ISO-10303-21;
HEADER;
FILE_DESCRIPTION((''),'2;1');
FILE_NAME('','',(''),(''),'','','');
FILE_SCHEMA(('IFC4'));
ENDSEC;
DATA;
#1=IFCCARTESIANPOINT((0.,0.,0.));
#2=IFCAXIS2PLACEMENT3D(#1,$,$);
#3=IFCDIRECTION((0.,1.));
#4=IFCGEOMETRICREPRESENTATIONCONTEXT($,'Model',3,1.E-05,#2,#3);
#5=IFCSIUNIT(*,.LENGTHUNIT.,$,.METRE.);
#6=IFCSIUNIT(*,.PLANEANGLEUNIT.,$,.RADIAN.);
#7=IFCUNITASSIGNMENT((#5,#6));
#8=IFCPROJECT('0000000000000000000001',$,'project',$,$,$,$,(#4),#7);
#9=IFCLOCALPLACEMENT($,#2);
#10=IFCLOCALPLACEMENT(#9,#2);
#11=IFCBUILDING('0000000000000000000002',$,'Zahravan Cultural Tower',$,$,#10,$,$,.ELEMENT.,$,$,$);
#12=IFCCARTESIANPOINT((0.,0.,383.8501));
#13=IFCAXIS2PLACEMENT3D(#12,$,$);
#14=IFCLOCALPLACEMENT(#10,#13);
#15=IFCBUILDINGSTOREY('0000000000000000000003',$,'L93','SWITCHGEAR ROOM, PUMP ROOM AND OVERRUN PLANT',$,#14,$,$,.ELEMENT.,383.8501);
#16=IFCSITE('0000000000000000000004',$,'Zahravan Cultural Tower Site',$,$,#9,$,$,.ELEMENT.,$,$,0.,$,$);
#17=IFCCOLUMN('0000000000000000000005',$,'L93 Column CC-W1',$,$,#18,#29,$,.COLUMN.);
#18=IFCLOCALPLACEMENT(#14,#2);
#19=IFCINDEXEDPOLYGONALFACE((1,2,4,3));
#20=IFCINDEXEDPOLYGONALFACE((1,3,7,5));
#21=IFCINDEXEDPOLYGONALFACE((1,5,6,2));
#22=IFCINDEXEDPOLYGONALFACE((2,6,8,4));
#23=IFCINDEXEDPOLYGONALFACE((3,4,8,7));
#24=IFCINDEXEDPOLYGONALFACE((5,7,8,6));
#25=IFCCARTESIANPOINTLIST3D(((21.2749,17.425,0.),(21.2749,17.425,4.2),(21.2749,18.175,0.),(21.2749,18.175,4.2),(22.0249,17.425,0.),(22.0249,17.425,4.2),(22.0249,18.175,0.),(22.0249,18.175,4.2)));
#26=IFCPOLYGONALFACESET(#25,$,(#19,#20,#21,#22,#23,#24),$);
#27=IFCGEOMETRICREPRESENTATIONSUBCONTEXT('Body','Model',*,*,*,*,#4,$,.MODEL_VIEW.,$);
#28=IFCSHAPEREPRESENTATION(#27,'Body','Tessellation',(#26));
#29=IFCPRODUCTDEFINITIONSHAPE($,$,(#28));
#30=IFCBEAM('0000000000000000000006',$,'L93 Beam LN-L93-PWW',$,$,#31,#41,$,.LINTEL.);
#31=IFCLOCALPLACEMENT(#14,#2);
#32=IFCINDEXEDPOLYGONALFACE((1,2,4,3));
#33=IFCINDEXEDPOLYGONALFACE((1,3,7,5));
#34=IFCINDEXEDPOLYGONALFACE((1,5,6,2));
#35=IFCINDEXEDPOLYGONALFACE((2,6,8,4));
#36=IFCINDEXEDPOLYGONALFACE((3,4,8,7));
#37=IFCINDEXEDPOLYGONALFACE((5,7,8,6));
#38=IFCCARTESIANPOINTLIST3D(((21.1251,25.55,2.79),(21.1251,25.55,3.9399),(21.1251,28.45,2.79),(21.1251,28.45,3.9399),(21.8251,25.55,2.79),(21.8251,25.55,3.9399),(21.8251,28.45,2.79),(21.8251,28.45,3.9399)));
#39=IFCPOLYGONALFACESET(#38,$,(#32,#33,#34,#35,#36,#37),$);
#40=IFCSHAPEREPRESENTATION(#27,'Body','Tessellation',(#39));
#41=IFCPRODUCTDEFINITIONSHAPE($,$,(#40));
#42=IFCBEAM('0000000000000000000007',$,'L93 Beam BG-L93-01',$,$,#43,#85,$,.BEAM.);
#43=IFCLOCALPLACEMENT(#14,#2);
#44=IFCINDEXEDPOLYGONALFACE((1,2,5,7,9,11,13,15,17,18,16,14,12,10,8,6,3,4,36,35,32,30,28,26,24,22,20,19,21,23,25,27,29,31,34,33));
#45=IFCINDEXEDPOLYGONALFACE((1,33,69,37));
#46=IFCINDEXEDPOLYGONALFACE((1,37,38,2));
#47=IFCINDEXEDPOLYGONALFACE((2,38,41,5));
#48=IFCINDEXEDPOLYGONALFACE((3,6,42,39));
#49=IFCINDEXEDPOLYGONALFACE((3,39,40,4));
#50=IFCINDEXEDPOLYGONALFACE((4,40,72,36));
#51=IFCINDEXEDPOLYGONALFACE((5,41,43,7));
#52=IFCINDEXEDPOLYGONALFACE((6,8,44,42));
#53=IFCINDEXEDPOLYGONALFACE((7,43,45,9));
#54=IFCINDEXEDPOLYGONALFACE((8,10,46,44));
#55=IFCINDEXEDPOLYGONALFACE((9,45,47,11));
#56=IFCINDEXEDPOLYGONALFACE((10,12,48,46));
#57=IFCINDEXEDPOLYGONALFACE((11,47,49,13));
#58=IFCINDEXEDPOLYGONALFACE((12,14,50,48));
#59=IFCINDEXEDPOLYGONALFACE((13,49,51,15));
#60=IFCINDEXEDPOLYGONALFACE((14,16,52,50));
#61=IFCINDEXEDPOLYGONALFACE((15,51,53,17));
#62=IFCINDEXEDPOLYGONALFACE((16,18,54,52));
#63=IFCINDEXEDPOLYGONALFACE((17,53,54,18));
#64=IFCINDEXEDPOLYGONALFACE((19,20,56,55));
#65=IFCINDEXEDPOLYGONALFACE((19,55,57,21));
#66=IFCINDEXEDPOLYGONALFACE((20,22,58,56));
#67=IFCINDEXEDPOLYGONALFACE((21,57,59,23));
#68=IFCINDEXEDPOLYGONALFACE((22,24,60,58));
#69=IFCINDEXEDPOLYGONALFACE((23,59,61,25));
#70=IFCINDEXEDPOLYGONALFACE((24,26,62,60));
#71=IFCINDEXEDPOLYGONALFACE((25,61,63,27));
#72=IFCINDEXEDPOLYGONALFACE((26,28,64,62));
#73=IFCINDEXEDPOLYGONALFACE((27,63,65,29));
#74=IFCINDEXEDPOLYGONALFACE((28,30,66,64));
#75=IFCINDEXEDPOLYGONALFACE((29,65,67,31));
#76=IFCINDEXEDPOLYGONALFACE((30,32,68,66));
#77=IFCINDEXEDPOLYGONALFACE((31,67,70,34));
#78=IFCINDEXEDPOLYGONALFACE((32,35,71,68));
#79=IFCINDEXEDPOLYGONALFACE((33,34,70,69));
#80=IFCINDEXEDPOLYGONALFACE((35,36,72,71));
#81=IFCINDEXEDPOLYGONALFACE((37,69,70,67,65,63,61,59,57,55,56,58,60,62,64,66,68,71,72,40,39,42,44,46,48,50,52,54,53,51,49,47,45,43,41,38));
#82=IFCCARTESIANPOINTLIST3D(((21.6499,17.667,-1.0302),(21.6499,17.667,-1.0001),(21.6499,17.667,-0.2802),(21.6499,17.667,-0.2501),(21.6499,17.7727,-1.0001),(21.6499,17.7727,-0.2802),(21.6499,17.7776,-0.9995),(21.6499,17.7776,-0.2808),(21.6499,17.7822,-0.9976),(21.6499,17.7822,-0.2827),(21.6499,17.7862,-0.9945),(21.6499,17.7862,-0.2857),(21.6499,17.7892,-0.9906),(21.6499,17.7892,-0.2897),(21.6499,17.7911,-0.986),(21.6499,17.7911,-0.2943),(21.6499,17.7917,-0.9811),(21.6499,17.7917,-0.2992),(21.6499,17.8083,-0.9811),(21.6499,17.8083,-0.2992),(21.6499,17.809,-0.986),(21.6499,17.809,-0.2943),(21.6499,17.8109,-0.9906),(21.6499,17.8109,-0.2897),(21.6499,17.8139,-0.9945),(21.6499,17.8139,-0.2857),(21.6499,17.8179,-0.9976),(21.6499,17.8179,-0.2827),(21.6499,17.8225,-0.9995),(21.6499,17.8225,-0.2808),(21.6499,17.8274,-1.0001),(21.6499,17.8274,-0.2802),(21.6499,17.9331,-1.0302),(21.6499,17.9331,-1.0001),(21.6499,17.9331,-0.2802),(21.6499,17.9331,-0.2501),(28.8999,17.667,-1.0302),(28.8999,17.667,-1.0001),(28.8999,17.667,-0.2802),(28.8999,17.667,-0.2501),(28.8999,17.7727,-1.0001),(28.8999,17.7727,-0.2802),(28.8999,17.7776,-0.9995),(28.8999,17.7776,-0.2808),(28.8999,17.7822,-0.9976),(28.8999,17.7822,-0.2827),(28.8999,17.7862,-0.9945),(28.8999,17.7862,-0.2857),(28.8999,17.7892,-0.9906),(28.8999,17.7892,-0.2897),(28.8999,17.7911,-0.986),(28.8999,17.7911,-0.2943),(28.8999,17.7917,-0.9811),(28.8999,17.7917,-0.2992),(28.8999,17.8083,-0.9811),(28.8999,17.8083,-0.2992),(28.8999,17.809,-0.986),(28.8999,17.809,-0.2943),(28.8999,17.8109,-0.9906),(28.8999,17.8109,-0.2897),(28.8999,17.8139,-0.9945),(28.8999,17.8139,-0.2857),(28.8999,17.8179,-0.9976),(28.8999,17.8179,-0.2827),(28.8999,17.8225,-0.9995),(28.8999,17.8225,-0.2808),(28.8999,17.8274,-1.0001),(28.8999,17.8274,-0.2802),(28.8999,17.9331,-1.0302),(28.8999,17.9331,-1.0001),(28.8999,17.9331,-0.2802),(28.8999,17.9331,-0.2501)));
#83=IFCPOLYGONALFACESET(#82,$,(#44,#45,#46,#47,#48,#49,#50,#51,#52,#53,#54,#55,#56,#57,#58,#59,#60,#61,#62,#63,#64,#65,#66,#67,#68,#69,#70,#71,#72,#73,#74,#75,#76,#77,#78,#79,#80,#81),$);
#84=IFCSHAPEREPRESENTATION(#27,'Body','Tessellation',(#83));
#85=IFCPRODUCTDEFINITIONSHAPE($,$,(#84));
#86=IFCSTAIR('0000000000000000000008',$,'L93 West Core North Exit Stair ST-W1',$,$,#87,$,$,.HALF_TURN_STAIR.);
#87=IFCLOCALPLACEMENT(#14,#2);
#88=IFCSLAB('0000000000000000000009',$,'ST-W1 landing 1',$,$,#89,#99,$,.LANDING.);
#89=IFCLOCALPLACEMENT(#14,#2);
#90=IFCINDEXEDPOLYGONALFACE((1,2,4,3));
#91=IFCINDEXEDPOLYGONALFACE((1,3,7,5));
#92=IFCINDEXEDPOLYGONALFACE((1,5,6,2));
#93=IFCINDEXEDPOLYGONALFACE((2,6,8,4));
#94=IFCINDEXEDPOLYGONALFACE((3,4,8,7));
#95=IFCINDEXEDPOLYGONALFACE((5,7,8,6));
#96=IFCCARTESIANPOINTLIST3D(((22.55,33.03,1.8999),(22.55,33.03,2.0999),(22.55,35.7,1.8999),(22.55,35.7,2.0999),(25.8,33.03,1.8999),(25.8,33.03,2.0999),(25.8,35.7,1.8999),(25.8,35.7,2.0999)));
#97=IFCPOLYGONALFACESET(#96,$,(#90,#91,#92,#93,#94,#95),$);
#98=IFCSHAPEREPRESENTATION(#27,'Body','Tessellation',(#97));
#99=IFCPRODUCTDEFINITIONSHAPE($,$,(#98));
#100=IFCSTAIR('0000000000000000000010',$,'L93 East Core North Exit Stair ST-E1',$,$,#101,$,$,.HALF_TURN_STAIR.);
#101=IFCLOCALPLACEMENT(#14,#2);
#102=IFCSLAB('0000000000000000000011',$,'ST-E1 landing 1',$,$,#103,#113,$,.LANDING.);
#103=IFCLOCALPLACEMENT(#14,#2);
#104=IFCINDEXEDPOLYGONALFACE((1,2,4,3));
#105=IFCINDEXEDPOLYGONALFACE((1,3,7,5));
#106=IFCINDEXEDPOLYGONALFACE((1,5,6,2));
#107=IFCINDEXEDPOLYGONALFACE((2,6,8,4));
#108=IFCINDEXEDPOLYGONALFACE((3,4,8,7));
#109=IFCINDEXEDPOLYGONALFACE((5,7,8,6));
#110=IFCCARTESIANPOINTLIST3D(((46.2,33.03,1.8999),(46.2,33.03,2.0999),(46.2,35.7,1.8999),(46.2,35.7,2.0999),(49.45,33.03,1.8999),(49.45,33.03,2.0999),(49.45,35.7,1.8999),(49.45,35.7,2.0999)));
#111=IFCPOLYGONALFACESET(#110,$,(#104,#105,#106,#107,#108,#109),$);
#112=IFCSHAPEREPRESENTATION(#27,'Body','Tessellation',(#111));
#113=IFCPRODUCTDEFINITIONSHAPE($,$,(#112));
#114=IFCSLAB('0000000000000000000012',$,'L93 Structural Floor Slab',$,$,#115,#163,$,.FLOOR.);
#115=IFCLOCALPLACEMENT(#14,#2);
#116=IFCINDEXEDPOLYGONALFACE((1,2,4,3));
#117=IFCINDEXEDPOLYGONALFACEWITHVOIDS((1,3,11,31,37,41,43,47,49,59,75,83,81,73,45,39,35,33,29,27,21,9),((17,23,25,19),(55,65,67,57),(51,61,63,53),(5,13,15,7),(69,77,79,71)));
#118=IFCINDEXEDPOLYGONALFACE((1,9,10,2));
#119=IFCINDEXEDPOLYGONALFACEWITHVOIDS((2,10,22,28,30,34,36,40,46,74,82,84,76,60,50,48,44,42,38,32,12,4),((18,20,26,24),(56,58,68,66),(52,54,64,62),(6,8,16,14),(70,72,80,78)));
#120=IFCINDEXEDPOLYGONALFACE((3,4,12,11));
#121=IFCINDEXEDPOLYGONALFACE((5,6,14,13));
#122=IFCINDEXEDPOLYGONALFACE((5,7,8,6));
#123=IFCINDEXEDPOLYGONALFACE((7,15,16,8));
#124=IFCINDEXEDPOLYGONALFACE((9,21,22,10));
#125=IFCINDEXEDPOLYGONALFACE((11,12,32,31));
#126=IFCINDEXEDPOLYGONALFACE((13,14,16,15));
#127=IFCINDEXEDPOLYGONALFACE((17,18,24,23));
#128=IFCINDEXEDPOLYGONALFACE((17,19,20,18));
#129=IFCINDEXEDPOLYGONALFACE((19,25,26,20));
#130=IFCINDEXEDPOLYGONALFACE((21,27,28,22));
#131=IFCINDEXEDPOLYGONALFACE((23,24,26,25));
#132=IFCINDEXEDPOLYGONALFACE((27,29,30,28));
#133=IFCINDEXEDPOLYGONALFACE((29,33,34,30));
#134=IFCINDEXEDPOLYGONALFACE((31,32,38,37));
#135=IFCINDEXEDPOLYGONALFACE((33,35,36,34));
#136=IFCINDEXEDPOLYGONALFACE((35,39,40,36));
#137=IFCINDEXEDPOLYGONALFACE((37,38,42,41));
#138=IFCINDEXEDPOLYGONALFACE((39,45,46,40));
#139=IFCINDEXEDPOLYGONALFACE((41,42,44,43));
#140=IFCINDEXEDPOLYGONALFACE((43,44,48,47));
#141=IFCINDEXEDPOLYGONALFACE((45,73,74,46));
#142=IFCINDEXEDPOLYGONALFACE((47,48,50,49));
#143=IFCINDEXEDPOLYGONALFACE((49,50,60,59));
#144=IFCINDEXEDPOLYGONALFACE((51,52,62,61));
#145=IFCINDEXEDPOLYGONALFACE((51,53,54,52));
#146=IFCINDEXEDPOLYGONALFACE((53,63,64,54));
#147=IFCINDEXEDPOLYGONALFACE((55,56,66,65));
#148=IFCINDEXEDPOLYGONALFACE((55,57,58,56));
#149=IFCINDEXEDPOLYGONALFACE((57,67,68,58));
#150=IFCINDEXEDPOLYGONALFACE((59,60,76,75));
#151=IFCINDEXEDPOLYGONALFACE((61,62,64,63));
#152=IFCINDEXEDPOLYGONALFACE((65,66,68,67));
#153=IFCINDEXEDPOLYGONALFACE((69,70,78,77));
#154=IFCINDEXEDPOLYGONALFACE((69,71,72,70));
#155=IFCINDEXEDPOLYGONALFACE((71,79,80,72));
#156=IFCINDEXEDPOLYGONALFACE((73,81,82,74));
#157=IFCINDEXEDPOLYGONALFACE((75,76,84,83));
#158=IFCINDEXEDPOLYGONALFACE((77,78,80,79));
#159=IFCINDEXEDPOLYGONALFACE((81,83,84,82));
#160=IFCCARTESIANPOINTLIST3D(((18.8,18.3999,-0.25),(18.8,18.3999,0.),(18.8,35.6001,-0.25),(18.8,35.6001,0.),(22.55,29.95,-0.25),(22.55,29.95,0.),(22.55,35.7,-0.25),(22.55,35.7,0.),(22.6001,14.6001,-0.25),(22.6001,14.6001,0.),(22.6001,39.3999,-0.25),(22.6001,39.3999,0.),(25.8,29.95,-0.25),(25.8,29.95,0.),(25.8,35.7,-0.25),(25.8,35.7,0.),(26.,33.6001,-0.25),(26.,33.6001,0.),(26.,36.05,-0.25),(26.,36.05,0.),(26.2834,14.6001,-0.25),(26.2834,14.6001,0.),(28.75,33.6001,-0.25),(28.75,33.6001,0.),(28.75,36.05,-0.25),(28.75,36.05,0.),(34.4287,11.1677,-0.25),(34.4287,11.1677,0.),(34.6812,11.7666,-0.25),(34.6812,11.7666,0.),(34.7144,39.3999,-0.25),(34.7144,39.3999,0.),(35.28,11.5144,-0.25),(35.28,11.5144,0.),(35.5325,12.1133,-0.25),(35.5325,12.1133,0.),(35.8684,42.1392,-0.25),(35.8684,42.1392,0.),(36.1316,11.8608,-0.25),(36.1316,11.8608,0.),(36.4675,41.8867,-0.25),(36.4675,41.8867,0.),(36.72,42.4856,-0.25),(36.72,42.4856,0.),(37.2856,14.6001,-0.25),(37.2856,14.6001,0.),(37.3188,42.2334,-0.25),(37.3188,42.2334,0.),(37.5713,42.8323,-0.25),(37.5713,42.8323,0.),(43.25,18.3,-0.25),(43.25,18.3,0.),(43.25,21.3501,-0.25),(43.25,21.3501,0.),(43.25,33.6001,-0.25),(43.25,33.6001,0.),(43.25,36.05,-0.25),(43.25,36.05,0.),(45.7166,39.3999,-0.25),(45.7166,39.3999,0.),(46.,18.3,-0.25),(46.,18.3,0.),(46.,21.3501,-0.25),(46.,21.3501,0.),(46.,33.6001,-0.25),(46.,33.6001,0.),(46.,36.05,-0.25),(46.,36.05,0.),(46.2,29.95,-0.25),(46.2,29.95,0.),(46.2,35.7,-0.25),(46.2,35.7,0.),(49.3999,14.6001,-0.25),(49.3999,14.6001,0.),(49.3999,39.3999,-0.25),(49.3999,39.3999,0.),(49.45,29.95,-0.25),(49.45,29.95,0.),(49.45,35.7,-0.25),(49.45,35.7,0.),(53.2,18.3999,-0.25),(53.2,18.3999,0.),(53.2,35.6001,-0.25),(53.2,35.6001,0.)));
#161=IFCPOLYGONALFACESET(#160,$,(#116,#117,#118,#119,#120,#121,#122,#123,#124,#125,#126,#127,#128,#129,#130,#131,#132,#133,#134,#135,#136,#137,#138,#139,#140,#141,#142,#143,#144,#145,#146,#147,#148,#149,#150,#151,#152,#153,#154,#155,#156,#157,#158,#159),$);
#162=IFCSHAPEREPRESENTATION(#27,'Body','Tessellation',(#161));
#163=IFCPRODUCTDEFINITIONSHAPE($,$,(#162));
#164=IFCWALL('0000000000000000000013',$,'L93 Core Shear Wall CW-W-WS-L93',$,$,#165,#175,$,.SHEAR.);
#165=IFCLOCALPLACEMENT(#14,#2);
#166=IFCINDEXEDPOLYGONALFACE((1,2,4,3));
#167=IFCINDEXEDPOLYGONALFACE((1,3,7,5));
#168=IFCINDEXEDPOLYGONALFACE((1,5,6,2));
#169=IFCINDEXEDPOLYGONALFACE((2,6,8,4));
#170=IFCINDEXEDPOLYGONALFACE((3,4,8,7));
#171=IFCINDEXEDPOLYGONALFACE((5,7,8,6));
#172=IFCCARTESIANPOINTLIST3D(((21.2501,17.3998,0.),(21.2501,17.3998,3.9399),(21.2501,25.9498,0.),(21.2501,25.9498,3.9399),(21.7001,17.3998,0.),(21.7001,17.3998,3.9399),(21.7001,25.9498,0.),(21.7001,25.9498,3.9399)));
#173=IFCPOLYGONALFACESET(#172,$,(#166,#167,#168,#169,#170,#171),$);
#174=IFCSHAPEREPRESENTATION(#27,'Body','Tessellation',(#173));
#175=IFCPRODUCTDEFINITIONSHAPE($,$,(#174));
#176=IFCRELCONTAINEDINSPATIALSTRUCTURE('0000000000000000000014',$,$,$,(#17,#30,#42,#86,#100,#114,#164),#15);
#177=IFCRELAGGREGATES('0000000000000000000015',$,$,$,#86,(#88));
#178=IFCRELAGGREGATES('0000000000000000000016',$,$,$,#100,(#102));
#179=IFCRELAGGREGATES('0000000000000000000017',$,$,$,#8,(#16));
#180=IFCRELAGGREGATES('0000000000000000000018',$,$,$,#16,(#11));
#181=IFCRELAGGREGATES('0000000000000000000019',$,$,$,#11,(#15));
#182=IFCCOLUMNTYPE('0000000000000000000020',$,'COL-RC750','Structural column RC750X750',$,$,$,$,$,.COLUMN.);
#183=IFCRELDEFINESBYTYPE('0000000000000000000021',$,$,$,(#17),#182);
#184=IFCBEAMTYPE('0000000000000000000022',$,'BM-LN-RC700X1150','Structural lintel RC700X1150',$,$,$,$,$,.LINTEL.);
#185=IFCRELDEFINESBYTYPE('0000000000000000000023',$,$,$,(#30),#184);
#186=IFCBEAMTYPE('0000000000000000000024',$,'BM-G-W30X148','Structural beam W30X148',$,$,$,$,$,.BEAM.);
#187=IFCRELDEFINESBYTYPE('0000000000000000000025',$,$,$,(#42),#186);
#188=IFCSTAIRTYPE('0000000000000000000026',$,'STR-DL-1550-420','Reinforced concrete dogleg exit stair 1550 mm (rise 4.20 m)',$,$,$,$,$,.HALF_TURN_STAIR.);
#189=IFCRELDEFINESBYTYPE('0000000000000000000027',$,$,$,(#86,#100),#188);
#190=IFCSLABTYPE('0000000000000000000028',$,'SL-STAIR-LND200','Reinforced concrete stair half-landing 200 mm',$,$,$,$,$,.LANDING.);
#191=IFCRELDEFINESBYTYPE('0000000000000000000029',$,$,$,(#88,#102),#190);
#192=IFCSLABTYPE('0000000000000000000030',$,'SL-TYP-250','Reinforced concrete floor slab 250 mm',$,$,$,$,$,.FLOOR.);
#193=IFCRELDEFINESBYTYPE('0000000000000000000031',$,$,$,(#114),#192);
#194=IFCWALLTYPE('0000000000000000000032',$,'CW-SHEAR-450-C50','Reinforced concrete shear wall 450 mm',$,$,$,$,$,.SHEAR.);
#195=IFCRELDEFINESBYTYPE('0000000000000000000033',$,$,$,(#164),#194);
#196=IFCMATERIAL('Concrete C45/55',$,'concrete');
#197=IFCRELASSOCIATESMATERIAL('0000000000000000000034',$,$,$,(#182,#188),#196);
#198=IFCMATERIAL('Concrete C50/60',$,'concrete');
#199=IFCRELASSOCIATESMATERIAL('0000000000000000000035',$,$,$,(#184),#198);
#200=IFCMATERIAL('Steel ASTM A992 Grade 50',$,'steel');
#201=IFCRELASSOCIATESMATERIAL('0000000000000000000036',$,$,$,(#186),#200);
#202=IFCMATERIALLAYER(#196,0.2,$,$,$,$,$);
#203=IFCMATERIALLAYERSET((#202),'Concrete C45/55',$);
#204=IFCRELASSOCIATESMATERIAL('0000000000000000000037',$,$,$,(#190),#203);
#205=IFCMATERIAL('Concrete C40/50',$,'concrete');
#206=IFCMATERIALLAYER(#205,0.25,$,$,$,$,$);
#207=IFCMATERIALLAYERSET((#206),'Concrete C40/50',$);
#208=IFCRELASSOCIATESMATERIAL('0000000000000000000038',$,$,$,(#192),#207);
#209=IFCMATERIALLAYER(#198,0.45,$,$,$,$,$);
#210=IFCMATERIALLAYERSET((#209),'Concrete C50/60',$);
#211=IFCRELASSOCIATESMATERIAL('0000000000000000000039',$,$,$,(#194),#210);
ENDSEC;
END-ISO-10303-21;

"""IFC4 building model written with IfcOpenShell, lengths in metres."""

from ifc_helpers import new_model, si_unit, direction, frame, frame_2d, origin, origin_2d, place, context, subcontext, project, spatial, polyline, rectangle, i_section, outline, extrude, source, transform, mapped, material, layer, layer_set, material_profile, profile_set, type_object, element, aggregate, save


model = new_model("IFC4")

# Units and contexts
model_context = context("Model", 3, precision=1e-05, world=origin(), true_north=direction((0.0, 1.0)))
body_context = subcontext(model_context, "Body", "Model", "MODEL_VIEW")
ifc_project = project(units=[si_unit("LENGTHUNIT", "METRE"), si_unit("PLANEANGLEUNIT", "RADIAN")], contexts=[model_context])

# Site, building, storey
site_placement = place(None, origin())
site = spatial("IfcSite", under=ifc_project, at=site_placement, Name="Zahravan Cultural Tower Site", CompositionType="ELEMENT", RefElevation=0.0)
building_placement = place(site_placement, origin())
building = spatial("IfcBuilding", under=site, at=building_placement, Name="Zahravan Cultural Tower", CompositionType="ELEMENT")
storey_placement = place(building_placement, frame((0.0, 0.0, 383.8501)))
storey = spatial("IfcBuildingStorey", under=building, at=storey_placement, Name="L93", Description="SWITCHGEAR ROOM, PUMP ROOM AND OVERRUN PLANT", CompositionType="ELEMENT", Elevation=383.8501)

# Column
ifc_material_1 = material(Name="Concrete C45/55", Category="concrete")
ifc_material_profile_1 = material_profile(ifc_material_1, rectangle(XDim=0.75, YDim=0.75, at=origin_2d()), Name="RC750X750")
ifc_profile_set_1 = profile_set([ifc_material_profile_1], Name="Concrete C45/55")
column_type = type_object("IfcColumnType", Name="COL-RC750", Description="Structural column RC750X750", PredefinedType="COLUMN", material=ifc_profile_set_1)
shared_shape_1 = source(origin(), body_context, "Body", "SweptSolid", [
    extrude(rectangle(XDim=0.75, YDim=0.75, at=origin_2d()), origin(), (0.0, 0.0, 1.0), 4.2),
])
column_placement = place(storey_placement, frame((21.6499, 17.8, 0.0), z_axis=(0.0, 0.0, 1.0), x_axis=(1.0, 0.0, 0.0)))
element("IfcColumn", 1, at=column_placement, inside=storey, type_object=column_type, Name="L93 Column CC-W1", PredefinedType="COLUMN", context=body_context, shape_type="MappedRepresentation", body=[
    mapped(shared_shape_1, transform((0.0, 0.0, 0.0), x_axis=(1.0, 0.0, 0.0), y_axis=(0.0, 1.0, 0.0), z_axis=(0.0, 0.0, 1.0), scale=1.0)),
])

# Beams
ifc_material_2 = material(Name="Concrete C50/60", Category="concrete")
ifc_material_profile_2 = material_profile(ifc_material_2, rectangle(XDim=0.7, YDim=1.1499, at=origin_2d()), Name="RC700X1150")
ifc_profile_set_2 = profile_set([ifc_material_profile_2], Name="Concrete C50/60")
beam_type_1 = type_object("IfcBeamType", Name="BM-LN-RC700X1150", Description="Structural lintel RC700X1150", PredefinedType="LINTEL", material=ifc_profile_set_2)
shared_shape_2 = source(origin(), body_context, "Body", "SweptSolid", [
    extrude(rectangle(XDim=0.7, YDim=1.1499, at=origin_2d()), origin(), (0.0, 0.0, 1.0), 2.8999),
])
beam_1_placement = place(storey_placement, frame((21.4751, 25.55, 3.365), z_axis=(0.0, 1.0, 0.0), x_axis=(-1.0, 0.0, 0.0)))
element("IfcBeam", 2, at=beam_1_placement, inside=storey, type_object=beam_type_1, Name="L93 Beam LN-L93-PWW", PredefinedType="LINTEL", context=body_context, shape_type="MappedRepresentation", body=[
    mapped(shared_shape_2, transform((0.0, 0.0, 0.0), x_axis=(1.0, 0.0, 0.0), y_axis=(0.0, 1.0, 0.0), z_axis=(0.0, 0.0, 1.0), scale=1.0)),
])
ifc_material_3 = material(Name="Steel ASTM A992 Grade 50", Category="steel")
ifc_material_profile_3 = material_profile(ifc_material_3, i_section(OverallWidth=0.2661, OverallDepth=0.78, WebThickness=0.0166, FlangeThickness=0.03, FilletRadius=0.019, at=origin_2d()), Name="W30X148")
ifc_profile_set_3 = profile_set([ifc_material_profile_3], Name="Steel ASTM A992 Grade 50")
beam_type_2 = type_object("IfcBeamType", Name="BM-G-W30X148", Description="Structural beam W30X148", PredefinedType="BEAM", material=ifc_profile_set_3)
shared_shape_3 = source(origin(), body_context, "Body", "SweptSolid", [
    extrude(i_section(OverallWidth=0.2661, OverallDepth=0.78, WebThickness=0.0166, FlangeThickness=0.03, FilletRadius=0.019, at=origin_2d()), origin(), (0.0, 0.0, 1.0), 7.25),
])
beam_2_placement = place(storey_placement, frame((21.6499, 17.8, -0.6401), z_axis=(1.0, 0.0, 0.0), x_axis=(0.0, 1.0, 0.0)))
element("IfcBeam", 3, at=beam_2_placement, inside=storey, type_object=beam_type_2, Name="L93 Beam BG-L93-01", PredefinedType="BEAM", context=body_context, shape_type="MappedRepresentation", body=[
    mapped(shared_shape_3, transform((0.0, 0.0, 0.0), x_axis=(1.0, 0.0, 0.0), y_axis=(0.0, 1.0, 0.0), z_axis=(0.0, 0.0, 1.0), scale=1.0)),
])

# Stairs, slabs
stair_type = type_object("IfcStairType", Name="STR-DL-1550-420", Description="Reinforced concrete dogleg exit stair 1550 mm (rise 4.20 m)", PredefinedType="HALF_TURN_STAIR", material=ifc_material_1)
stair_1_placement = place(storey_placement, origin())
stair_1 = element("IfcStair", 4, at=stair_1_placement, inside=storey, type_object=stair_type, Name="L93 West Core North Exit Stair ST-W1", PredefinedType="HALF_TURN_STAIR")
ifc_layer_1 = layer(ifc_material_1, 0.2)
ifc_layer_set_1 = layer_set([ifc_layer_1], Name="Concrete C45/55")
slab_type_1 = type_object("IfcSlabType", Name="SL-STAIR-LND200", Description="Reinforced concrete stair half-landing 200 mm", PredefinedType="LANDING", material=ifc_layer_set_1)
slab_1_placement = place(storey_placement, frame((0.0, 0.0, 1.8999)))
slab_1 = element("IfcSlab", 5, at=slab_1_placement, type_object=slab_type_1, Name="ST-W1 landing 1", PredefinedType="LANDING", context=body_context, shape_type="SweptSolid", body=[
    extrude(outline(polyline([(25.8, 33.03), (25.8, 35.7), (22.55, 35.7), (22.55, 33.03), (25.8, 33.03)])), origin(), (0.0, 0.0, 1.0), 0.2),
])
aggregate(stair_1, [slab_1])
stair_2_placement = place(storey_placement, origin())
stair_2 = element("IfcStair", 6, at=stair_2_placement, inside=storey, type_object=stair_type, Name="L93 East Core North Exit Stair ST-E1", PredefinedType="HALF_TURN_STAIR")
slab_2_placement = place(storey_placement, frame((0.0, 0.0, 1.8999)))
slab_2 = element("IfcSlab", 7, at=slab_2_placement, type_object=slab_type_1, Name="ST-E1 landing 1", PredefinedType="LANDING", context=body_context, shape_type="SweptSolid", body=[
    extrude(outline(polyline([(49.45, 33.03), (49.45, 35.7), (46.2, 35.7), (46.2, 33.03), (49.45, 33.03)])), origin(), (0.0, 0.0, 1.0), 0.2),
])
aggregate(stair_2, [slab_2])

# Slab
ifc_material_4 = material(Name="Concrete C40/50", Category="concrete")
ifc_layer_2 = layer(ifc_material_4, 0.25)
ifc_layer_set_2 = layer_set([ifc_layer_2], Name="Concrete C40/50")
slab_type_2 = type_object("IfcSlabType", Name="SL-TYP-250", Description="Reinforced concrete floor slab 250 mm", PredefinedType="FLOOR", material=ifc_layer_set_2)
slab_3_placement = place(storey_placement, frame((0.0, 0.0, -0.25)))
element("IfcSlab", 8, at=slab_3_placement, inside=storey, type_object=slab_type_2, Name="L93 Structural Floor Slab", PredefinedType="FLOOR", context=body_context, shape_type="SweptSolid", body=[
    extrude(outline(polyline([(34.7144, 39.3999), (22.6001, 39.3999), (18.8, 35.6001), (18.8, 18.3999), (22.6001, 14.6001), (26.2834, 14.6001), (34.4287, 11.1677), (34.6812, 11.7666), (35.28, 11.5144), (35.5325, 12.1133), (36.1316, 11.8608), (37.2856, 14.6001), (49.3999, 14.6001), (53.2, 18.3999), (53.2, 35.6001), (49.3999, 39.3999), (45.7166, 39.3999), (37.5713, 42.8323), (37.3188, 42.2334), (36.72, 42.4856), (36.4675, 41.8867), (35.8684, 42.1392), (34.7144, 39.3999)]), holes=[polyline([(22.55, 29.95), (22.55, 35.7), (25.8, 35.7), (25.8, 29.95), (22.55, 29.95)]), polyline([(46.2, 29.95), (46.2, 35.7), (49.45, 35.7), (49.45, 29.95), (46.2, 29.95)]), polyline([(26.0, 33.6001), (26.0, 36.05), (28.75, 36.05), (28.75, 33.6001), (26.0, 33.6001)]), polyline([(43.25, 33.6001), (43.25, 36.05), (46.0, 36.05), (46.0, 33.6001), (43.25, 33.6001)]), polyline([(43.25, 18.3), (43.25, 21.3501), (46.0, 21.3501), (46.0, 18.3), (43.25, 18.3)])]), origin(), (0.0, 0.0, 1.0), 0.25),
])

# Wall
ifc_layer_3 = layer(ifc_material_2, 0.45)
ifc_layer_set_3 = layer_set([ifc_layer_3], Name="Concrete C50/60")
wall_type_1 = type_object("IfcWallType", Name="CW-SHEAR-450-C50", Description="Reinforced concrete shear wall 450 mm", PredefinedType="SHEAR", material=ifc_layer_set_3)
shared_shape_4 = source(origin(), body_context, "Body", "SweptSolid", [
    extrude(rectangle(XDim=8.55, YDim=0.45, at=frame_2d((4.2749, 0.0))), origin(), (0.0, 0.0, 1.0), 3.9399),
])
wall_1_placement = place(storey_placement, frame((21.4751, 17.3999, 0.0), z_axis=(0.0, 0.0, 1.0), x_axis=(0.0, 1.0, 0.0)))
element("IfcWall", 9, at=wall_1_placement, inside=storey, type_object=wall_type_1, Name="L93 Core Shear Wall CW-W-WS-L93", PredefinedType="SHEAR", context=body_context, shape_type="MappedRepresentation", body=[
    mapped(shared_shape_4, transform((0.0, 0.0, 0.0), x_axis=(1.0, 0.0, 0.0), y_axis=(0.0, 1.0, 0.0), z_axis=(0.0, 0.0, 1.0), scale=1.0)),
])

save(model, "model.ifc")
